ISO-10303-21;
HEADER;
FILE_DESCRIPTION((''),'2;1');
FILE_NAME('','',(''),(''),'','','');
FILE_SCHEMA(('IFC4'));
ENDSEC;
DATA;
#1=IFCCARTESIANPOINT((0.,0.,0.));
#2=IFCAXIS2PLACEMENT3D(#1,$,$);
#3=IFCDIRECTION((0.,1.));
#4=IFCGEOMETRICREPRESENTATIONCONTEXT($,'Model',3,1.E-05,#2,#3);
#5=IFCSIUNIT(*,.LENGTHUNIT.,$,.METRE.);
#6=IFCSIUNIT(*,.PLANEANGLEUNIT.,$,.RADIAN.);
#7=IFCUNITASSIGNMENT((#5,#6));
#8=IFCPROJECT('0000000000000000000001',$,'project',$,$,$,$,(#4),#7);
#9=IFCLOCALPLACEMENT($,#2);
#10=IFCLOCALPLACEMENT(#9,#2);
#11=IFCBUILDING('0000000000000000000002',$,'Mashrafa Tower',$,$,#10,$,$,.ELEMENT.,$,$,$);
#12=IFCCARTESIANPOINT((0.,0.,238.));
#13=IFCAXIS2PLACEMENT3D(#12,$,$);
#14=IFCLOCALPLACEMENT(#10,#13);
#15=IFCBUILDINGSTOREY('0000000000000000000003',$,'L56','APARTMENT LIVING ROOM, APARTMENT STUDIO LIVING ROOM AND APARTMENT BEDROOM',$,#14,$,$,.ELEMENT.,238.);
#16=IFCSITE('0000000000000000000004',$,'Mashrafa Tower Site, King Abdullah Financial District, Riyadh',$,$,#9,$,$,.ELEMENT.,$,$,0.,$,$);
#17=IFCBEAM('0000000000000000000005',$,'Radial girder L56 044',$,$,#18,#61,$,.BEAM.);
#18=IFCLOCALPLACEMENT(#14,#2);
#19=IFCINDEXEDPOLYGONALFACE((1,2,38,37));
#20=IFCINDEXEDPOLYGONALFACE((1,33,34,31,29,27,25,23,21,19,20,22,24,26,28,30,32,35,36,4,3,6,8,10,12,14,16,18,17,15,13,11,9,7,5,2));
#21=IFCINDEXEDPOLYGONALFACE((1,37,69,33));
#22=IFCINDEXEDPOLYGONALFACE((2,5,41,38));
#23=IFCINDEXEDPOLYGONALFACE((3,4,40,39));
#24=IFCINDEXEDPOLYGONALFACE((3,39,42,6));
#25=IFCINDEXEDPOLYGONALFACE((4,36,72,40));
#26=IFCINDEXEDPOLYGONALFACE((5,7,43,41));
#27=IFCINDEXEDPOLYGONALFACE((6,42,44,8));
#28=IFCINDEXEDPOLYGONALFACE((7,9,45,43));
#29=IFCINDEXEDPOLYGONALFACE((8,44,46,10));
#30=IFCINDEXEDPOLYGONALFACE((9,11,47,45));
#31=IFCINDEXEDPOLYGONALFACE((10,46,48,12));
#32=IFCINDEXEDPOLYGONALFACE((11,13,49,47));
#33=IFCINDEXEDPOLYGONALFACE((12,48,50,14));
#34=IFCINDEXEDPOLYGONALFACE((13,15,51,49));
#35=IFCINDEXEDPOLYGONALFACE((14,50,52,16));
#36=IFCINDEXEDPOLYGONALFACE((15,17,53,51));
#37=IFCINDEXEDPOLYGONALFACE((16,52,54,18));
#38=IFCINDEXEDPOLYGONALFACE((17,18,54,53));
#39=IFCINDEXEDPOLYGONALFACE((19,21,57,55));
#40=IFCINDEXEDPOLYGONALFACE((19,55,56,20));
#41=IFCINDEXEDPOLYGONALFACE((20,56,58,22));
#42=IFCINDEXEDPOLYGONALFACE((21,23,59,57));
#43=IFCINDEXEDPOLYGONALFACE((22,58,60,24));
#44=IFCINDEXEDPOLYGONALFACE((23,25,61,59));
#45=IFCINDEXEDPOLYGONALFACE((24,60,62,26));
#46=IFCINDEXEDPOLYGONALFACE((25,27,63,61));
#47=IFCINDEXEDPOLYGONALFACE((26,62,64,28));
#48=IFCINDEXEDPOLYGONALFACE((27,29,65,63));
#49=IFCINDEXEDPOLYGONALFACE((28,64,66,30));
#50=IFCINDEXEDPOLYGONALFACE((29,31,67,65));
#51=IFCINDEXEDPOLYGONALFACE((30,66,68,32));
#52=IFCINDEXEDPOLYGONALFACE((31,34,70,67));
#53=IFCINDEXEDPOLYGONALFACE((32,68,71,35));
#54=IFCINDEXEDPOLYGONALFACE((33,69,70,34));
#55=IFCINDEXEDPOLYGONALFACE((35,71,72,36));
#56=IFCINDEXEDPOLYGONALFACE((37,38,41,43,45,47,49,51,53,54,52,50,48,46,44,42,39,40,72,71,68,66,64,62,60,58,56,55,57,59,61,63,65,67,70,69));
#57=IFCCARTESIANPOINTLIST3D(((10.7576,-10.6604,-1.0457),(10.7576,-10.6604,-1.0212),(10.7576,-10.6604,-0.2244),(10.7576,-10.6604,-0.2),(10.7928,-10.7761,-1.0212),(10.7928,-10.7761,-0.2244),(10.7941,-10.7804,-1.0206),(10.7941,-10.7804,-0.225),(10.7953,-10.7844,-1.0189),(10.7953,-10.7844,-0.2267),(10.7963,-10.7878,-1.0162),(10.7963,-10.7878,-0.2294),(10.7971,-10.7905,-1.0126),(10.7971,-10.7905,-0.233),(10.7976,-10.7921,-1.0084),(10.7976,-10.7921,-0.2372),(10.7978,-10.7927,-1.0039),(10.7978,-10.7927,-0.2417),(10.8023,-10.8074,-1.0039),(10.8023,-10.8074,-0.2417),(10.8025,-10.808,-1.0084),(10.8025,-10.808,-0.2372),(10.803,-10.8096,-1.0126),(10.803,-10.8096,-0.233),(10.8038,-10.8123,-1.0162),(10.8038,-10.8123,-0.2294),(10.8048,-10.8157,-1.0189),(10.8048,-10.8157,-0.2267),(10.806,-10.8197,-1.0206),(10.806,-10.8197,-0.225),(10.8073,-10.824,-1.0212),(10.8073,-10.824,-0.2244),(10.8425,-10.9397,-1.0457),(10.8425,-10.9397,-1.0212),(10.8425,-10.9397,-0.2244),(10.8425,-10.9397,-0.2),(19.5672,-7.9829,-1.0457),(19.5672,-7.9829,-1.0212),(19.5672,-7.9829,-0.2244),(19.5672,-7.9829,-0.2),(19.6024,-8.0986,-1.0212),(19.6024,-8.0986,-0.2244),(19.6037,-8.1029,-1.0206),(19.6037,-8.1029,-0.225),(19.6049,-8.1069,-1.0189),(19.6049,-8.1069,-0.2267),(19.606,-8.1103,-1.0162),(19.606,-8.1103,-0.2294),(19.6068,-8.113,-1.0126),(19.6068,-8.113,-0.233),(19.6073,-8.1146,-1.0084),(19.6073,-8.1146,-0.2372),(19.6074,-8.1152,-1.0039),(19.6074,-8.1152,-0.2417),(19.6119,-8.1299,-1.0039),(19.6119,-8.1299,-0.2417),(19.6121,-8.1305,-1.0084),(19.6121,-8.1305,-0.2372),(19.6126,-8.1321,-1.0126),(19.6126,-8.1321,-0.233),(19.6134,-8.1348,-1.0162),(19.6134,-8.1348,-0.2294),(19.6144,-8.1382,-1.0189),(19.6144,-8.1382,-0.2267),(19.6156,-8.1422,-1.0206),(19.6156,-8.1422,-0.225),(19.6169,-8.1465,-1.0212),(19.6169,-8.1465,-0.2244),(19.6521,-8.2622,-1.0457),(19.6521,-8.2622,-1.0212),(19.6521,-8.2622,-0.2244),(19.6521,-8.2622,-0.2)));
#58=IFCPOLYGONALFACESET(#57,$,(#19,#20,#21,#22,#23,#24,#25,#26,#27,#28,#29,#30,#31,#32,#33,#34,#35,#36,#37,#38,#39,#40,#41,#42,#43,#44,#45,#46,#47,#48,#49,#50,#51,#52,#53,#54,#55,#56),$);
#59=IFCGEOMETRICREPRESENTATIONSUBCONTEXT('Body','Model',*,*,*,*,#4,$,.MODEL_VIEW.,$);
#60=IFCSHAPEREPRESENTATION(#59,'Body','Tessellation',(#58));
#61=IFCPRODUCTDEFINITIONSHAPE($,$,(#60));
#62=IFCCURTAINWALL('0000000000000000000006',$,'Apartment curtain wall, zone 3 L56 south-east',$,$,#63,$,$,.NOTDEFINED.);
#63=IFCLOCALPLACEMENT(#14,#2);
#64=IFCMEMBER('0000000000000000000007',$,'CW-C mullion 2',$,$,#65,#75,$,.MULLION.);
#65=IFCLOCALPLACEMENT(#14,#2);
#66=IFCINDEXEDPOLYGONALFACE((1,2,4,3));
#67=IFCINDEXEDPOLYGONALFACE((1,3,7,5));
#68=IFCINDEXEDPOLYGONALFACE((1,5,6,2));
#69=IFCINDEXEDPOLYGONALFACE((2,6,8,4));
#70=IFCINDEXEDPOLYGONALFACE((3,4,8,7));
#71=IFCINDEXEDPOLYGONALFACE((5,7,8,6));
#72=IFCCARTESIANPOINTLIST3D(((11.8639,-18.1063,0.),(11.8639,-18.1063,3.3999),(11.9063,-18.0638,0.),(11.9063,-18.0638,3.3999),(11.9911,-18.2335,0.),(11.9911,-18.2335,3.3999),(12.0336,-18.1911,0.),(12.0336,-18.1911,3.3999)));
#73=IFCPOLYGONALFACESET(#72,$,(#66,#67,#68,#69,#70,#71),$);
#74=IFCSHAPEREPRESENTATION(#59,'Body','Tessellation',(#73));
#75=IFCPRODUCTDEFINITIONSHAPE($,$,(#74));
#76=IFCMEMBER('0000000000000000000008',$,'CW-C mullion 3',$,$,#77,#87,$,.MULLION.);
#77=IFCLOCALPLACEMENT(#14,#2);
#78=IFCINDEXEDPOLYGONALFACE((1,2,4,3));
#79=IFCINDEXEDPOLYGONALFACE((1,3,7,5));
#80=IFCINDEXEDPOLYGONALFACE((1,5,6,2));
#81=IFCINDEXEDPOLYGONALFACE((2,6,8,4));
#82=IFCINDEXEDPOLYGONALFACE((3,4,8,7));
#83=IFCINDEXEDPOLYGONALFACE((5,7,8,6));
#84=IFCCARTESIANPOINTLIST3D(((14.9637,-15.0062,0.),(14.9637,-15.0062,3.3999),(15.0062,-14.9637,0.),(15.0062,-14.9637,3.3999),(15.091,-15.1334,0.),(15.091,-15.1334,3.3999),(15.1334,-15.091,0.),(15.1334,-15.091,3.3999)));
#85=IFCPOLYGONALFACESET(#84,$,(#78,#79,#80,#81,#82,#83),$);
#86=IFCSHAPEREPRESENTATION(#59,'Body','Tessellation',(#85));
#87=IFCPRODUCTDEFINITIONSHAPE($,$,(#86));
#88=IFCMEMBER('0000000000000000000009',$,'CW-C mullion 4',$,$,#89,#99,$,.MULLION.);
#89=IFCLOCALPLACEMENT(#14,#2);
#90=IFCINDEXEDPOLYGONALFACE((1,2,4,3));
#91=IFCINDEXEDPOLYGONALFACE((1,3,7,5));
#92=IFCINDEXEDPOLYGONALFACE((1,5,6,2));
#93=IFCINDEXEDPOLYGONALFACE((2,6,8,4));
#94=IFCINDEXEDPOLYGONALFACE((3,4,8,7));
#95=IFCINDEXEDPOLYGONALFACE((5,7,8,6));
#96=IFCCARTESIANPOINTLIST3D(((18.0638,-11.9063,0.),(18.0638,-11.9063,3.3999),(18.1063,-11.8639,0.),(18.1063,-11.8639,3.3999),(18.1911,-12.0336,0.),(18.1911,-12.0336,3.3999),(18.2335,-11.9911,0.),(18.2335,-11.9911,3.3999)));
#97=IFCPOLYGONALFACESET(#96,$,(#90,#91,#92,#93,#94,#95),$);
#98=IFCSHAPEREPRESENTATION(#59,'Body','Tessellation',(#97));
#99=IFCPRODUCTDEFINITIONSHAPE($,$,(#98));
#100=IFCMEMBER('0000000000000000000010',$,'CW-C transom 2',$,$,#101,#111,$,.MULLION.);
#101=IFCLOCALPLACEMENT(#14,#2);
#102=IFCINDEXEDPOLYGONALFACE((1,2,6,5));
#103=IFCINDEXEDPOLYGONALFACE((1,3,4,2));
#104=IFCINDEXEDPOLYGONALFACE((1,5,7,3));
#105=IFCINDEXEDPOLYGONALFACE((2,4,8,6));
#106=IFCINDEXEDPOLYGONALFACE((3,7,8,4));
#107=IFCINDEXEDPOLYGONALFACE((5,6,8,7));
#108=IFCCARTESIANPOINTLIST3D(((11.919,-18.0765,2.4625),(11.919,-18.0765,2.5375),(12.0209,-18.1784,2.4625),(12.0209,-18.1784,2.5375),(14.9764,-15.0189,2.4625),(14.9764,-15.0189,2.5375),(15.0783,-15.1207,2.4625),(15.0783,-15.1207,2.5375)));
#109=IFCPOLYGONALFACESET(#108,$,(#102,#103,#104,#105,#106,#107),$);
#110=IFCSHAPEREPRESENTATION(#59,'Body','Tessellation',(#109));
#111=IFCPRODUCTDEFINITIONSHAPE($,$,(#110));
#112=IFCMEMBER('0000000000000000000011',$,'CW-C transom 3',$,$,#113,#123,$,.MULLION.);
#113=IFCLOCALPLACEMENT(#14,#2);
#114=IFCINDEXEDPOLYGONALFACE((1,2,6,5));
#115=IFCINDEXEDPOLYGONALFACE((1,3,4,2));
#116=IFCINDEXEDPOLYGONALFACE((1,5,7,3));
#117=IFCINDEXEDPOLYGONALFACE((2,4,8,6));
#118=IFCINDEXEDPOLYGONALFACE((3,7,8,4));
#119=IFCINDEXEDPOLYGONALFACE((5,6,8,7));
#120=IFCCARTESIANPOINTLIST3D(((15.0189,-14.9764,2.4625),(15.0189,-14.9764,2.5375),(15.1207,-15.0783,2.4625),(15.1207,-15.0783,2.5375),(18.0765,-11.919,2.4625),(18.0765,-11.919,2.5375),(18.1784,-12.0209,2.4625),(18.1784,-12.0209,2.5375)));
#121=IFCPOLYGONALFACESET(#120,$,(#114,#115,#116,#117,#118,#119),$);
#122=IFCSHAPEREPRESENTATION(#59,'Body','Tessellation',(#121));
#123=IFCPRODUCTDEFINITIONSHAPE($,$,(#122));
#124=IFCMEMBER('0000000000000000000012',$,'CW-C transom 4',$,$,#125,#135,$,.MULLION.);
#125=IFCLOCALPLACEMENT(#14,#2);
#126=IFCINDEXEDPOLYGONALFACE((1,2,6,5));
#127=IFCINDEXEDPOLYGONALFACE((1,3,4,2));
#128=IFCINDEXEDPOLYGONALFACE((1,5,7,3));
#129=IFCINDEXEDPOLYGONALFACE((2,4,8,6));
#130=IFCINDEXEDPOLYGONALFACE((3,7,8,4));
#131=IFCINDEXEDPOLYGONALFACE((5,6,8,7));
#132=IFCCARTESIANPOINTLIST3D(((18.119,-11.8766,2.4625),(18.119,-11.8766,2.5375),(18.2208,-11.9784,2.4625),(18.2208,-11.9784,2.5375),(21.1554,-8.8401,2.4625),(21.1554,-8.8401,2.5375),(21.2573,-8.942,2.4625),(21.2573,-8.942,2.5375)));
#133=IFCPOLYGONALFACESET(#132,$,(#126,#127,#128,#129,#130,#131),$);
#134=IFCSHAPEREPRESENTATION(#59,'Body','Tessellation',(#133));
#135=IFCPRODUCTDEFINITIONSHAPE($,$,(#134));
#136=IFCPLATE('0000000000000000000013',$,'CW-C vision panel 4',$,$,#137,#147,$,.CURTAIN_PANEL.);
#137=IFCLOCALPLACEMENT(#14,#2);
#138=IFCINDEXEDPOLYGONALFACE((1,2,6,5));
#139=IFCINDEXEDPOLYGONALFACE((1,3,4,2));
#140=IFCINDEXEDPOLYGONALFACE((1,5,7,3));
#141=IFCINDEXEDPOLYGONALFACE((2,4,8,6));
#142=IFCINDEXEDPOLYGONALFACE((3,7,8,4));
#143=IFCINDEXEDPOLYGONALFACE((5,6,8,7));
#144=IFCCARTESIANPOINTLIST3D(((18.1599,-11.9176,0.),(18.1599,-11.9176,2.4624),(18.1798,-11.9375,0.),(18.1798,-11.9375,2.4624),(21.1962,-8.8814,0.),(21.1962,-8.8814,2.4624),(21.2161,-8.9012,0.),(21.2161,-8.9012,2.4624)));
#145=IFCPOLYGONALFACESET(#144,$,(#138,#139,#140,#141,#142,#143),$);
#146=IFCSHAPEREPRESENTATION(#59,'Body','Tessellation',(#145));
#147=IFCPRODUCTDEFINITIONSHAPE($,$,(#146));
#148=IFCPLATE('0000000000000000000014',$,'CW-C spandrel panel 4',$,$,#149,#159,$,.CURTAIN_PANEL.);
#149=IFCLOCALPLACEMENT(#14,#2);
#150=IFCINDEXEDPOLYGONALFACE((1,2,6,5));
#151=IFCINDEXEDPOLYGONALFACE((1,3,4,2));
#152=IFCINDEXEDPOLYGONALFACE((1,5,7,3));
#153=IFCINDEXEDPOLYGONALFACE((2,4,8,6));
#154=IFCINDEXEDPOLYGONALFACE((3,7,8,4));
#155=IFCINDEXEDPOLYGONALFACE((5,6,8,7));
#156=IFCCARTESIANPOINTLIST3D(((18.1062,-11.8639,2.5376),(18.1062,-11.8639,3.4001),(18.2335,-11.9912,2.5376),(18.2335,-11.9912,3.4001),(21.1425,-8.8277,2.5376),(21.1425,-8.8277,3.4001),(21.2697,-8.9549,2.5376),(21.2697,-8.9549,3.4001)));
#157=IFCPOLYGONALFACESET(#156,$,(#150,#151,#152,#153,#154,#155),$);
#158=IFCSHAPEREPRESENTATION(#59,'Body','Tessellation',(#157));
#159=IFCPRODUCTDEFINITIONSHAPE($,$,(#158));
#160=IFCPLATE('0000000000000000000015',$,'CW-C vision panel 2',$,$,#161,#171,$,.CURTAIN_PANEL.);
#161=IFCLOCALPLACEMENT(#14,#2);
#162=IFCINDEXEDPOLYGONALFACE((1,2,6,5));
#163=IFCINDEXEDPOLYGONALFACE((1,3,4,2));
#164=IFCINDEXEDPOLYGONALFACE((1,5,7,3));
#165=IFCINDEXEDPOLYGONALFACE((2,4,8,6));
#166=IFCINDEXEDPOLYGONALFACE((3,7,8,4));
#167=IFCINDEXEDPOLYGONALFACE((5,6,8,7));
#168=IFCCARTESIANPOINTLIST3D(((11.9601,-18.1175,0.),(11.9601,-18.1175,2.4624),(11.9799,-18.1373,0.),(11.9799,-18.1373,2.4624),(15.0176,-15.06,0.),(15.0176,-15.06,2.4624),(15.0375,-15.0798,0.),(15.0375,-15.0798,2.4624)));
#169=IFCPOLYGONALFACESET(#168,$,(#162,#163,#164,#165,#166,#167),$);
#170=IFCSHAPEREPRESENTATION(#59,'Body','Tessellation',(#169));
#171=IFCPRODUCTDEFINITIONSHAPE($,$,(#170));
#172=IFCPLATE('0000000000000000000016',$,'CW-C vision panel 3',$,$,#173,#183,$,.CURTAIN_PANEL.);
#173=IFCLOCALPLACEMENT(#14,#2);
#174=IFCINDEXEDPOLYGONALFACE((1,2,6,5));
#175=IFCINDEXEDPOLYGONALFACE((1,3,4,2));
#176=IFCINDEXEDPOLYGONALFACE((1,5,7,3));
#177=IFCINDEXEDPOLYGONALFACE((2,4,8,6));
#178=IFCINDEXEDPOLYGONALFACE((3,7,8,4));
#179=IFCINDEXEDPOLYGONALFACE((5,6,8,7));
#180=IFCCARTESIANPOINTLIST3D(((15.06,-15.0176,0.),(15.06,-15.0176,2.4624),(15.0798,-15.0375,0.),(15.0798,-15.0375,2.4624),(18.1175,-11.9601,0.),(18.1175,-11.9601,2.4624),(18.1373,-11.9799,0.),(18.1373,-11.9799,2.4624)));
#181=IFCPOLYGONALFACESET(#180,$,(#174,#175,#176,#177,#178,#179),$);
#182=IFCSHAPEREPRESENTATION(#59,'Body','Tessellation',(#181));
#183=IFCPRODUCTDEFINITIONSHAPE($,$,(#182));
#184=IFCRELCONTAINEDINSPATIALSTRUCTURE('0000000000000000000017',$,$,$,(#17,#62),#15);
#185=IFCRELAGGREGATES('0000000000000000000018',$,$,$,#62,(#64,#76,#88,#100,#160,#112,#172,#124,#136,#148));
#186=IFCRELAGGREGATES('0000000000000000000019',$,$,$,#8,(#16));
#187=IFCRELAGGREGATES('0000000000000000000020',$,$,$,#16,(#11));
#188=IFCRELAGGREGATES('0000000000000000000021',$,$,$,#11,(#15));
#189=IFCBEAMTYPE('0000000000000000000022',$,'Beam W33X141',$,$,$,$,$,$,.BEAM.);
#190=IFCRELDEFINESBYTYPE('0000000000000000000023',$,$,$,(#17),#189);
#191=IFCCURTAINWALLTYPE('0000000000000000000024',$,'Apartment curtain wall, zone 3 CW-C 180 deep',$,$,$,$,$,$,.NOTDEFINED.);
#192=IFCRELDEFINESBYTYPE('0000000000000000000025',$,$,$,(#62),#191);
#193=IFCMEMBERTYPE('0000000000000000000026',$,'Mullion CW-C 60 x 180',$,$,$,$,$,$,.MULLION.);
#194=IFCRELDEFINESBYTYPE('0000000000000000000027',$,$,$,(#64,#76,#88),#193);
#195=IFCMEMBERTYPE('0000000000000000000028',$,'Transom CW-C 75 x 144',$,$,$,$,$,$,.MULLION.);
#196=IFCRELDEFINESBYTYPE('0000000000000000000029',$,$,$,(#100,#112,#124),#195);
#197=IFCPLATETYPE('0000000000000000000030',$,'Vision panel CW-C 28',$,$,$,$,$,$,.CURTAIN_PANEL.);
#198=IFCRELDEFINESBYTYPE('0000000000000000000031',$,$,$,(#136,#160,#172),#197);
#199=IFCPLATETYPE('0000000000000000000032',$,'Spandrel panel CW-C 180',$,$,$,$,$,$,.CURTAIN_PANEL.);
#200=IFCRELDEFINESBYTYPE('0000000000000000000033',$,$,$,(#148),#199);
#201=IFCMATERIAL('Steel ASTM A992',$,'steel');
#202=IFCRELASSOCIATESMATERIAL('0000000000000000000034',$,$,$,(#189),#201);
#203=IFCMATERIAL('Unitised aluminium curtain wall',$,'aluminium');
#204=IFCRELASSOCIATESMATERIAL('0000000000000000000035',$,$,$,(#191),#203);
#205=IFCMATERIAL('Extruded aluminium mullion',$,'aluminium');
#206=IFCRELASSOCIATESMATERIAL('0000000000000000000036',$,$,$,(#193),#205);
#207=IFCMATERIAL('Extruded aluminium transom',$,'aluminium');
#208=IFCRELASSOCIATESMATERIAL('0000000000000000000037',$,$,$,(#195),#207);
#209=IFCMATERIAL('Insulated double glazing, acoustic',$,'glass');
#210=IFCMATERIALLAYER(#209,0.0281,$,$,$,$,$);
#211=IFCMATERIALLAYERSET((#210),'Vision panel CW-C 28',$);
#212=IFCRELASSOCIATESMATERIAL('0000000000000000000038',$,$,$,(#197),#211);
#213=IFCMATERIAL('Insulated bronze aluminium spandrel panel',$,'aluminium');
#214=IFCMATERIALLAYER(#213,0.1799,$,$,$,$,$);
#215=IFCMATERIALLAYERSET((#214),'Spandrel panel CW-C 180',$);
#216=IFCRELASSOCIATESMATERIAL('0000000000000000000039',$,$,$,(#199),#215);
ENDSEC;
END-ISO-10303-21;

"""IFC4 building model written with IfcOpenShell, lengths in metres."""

from ifc_helpers import new_model, si_unit, direction, frame, origin, origin_2d, place, context, subcontext, project, spatial, rectangle, i_section, extrude, source, transform, mapped, material, layer, layer_set, material_profile, profile_set, type_object, type_shapes, element, aggregate, save


model = new_model("IFC4")

# Units and contexts
model_context = context("Model", 3, precision=1e-05, world=origin(), true_north=direction((0.0, 1.0)))
body_context = subcontext(model_context, "Body", "Model", "MODEL_VIEW")
ifc_project = project(units=[si_unit("LENGTHUNIT", "METRE"), si_unit("PLANEANGLEUNIT", "RADIAN")], contexts=[model_context])

# Site, building, storey
site_placement = place(None, origin())
site = spatial("IfcSite", under=ifc_project, at=site_placement, Name="Mashrafa Tower Site, King Abdullah Financial District, Riyadh", CompositionType="ELEMENT", RefElevation=0.0)
building_placement = place(site_placement, origin())
building = spatial("IfcBuilding", under=site, at=building_placement, Name="Mashrafa Tower", CompositionType="ELEMENT")
storey_placement = place(building_placement, frame((0.0, 0.0, 238.0)))
storey = spatial("IfcBuildingStorey", under=building, at=storey_placement, Name="L56", Description="APARTMENT LIVING ROOM, APARTMENT STUDIO LIVING ROOM AND APARTMENT BEDROOM", CompositionType="ELEMENT", Elevation=238.0)

# Beam
ifc_material_1 = material(Name="Steel ASTM A992", Category="steel")
ifc_material_profile_1 = material_profile(ifc_material_1, i_section(OverallWidth=0.292, OverallDepth=0.8457, WebThickness=0.0154, FlangeThickness=0.0244, FilletRadius=0.0173, at=origin_2d()), Name="W33X141")
ifc_profile_set_1 = profile_set([ifc_material_profile_1], Name="Steel ASTM A992")
beam_type_1 = type_object("IfcBeamType", Name="Beam W33X141", PredefinedType="BEAM", material=ifc_profile_set_1)
beam_1_placement = place(storey_placement, frame((10.8, -10.8, -0.6228), z_axis=(0.956785, 0.290795, 0.0), x_axis=(-0.290795, 0.956785, 0.0)))
element("IfcBeam", 1, at=beam_1_placement, inside=storey, type_object=beam_type_1, Name="Radial girder L56 044", PredefinedType="BEAM", context=body_context, shape_type="SweptSolid", body=[
    extrude(i_section(OverallWidth=0.292, OverallDepth=0.8457, WebThickness=0.0154, FlangeThickness=0.0244, FilletRadius=0.0173, at=origin_2d()), origin(), (0.0, 0.0, 1.0), 9.2075),
])

# Curtain wall, members, plates
ifc_material_2 = material(Name="Unitised aluminium curtain wall", Category="aluminium")
curtain_wall_type = type_object("IfcCurtainWallType", Name="Apartment curtain wall, zone 3 CW-C 180 deep", PredefinedType="NOTDEFINED", material=ifc_material_2)
curtain_wall_placement = place(storey_placement, origin())
curtain_wall = element("IfcCurtainWall", 2, at=curtain_wall_placement, inside=storey, type_object=curtain_wall_type, Name="Apartment curtain wall, zone 3 L56 south-east", PredefinedType="NOTDEFINED")
ifc_material_3 = material(Name="Extruded aluminium mullion", Category="aluminium")
ifc_material_profile_2 = material_profile(ifc_material_3, rectangle(XDim=0.1799, YDim=0.0601, at=origin_2d()), Name="Mullion 60x180")
ifc_profile_set_2 = profile_set([ifc_material_profile_2], Name="Extruded aluminium mullion")
member_type_1 = type_object("IfcMemberType", Name="Mullion CW-C 60 x 180", PredefinedType="MULLION", material=ifc_profile_set_2)
shared_shape_1 = source(origin(), body_context, "Body", "SweptSolid", [
    extrude(rectangle(XDim=0.1799, YDim=0.0601, at=origin_2d()), origin(), (0.0, 0.0, 1.0), 3.3999),
])
type_shapes(member_type_1, [shared_shape_1])
member_1_placement = place(storey_placement, frame((11.9487, -18.1487, 0.0), z_axis=(0.0, 0.0, 1.0), x_axis=(-0.707107, 0.707107, 0.0)))
member_1 = element("IfcMember", 3, at=member_1_placement, type_object=member_type_1, Name="CW-C mullion 2", PredefinedType="MULLION", context=body_context, shape_type="MappedRepresentation", body=[
    mapped(shared_shape_1, transform((0.0, 0.0, 0.0))),
])
member_2_placement = place(storey_placement, frame((15.0486, -15.0486, 0.0), z_axis=(0.0, 0.0, 1.0), x_axis=(-0.707107, 0.707107, 0.0)))
member_2 = element("IfcMember", 4, at=member_2_placement, type_object=member_type_1, Name="CW-C mullion 3", PredefinedType="MULLION", context=body_context, shape_type="MappedRepresentation", body=[
    mapped(shared_shape_1, transform((0.0, 0.0, 0.0))),
])
member_3_placement = place(storey_placement, frame((18.1487, -11.9487, 0.0), z_axis=(0.0, 0.0, 1.0), x_axis=(-0.707107, 0.707107, 0.0)))
member_3 = element("IfcMember", 5, at=member_3_placement, type_object=member_type_1, Name="CW-C mullion 4", PredefinedType="MULLION", context=body_context, shape_type="MappedRepresentation", body=[
    mapped(shared_shape_1, transform((0.0, 0.0, 0.0))),
])
ifc_material_4 = material(Name="Extruded aluminium transom", Category="aluminium")
ifc_material_profile_3 = material_profile(ifc_material_4, rectangle(XDim=0.144, YDim=0.075, at=origin_2d()), Name="Transom 75x144")
ifc_profile_set_3 = profile_set([ifc_material_profile_3], Name="Extruded aluminium transom")
member_type_2 = type_object("IfcMemberType", Name="Transom CW-C 75 x 144", PredefinedType="MULLION", material=ifc_profile_set_3)
shared_shape_2 = source(origin(), body_context, "Body", "SweptSolid", [
    extrude(rectangle(XDim=0.144, YDim=0.075, at=origin_2d()), origin(), (0.0, 0.0, 1.0), 4.324),
])
member_4_placement = place(storey_placement, frame((11.97, -18.1274, 2.5), z_axis=(0.707079, 0.707135, 0.0), x_axis=(-0.707135, 0.707079, 0.0)))
member_4 = element("IfcMember", 6, at=member_4_placement, type_object=member_type_2, Name="CW-C transom 2", PredefinedType="MULLION", context=body_context, shape_type="MappedRepresentation", body=[
    mapped(shared_shape_2, transform((0.0, 0.0, 0.0))),
])
member_5_placement = place(storey_placement, frame((15.0698, -15.0273, 2.5), z_axis=(0.707135, 0.707079, 0.0), x_axis=(-0.707079, 0.707135, 0.0)))
member_5 = element("IfcMember", 7, at=member_5_placement, type_object=member_type_2, Name="CW-C transom 3", PredefinedType="MULLION", context=body_context, shape_type="MappedRepresentation", body=[
    mapped(shared_shape_2, transform((0.0, 0.0, 0.0))),
])
shared_shape_3 = source(origin(), body_context, "Body", "SweptSolid", [
    extrude(rectangle(XDim=0.144, YDim=0.075, at=origin_2d()), origin(), (0.0, 0.0, 1.0), 4.2942),
])
type_shapes(member_type_2, [shared_shape_2, shared_shape_3])
member_6_placement = place(storey_placement, frame((18.1699, -11.9275, 2.5), z_axis=(0.707107, 0.707107, 0.0), x_axis=(-0.707107, 0.707107, 0.0)))
member_6 = element("IfcMember", 8, at=member_6_placement, type_object=member_type_2, Name="CW-C transom 4", PredefinedType="MULLION", context=body_context, shape_type="MappedRepresentation", body=[
    mapped(shared_shape_3, transform((0.0, 0.0, 0.0))),
])
ifc_material_5 = material(Name="Insulated double glazing, acoustic", Category="glass")
ifc_layer_1 = layer(ifc_material_5, 0.0281)
ifc_layer_set_1 = layer_set([ifc_layer_1], Name="Vision panel CW-C 28")
plate_type_1 = type_object("IfcPlateType", Name="Vision panel CW-C 28", PredefinedType="CURTAIN_PANEL", material=ifc_layer_set_1)
shared_shape_4 = source(origin(), body_context, "Body", "SweptSolid", [
    extrude(rectangle(XDim=4.2939, YDim=0.0281, at=origin_2d()), origin(), (0.0, 0.0, 1.0), 2.4624),
])
plate_1_placement = place(storey_placement, frame((19.688, -10.4094, 0.0), z_axis=(0.0, 0.0, 1.0), x_axis=(0.707107, 0.707107, 0.0)))
plate_1 = element("IfcPlate", 9, at=plate_1_placement, type_object=plate_type_1, Name="CW-C vision panel 4", PredefinedType="CURTAIN_PANEL", context=body_context, shape_type="MappedRepresentation", body=[
    mapped(shared_shape_4, transform((0.0, 0.0, 0.0))),
])
ifc_material_6 = material(Name="Insulated bronze aluminium spandrel panel", Category="aluminium")
ifc_layer_2 = layer(ifc_material_6, 0.1799)
ifc_layer_set_2 = layer_set([ifc_layer_2], Name="Spandrel panel CW-C 180")
plate_type_2 = type_object("IfcPlateType", Name="Spandrel panel CW-C 180", PredefinedType="CURTAIN_PANEL", material=ifc_layer_set_2)
shared_shape_5 = source(origin(), body_context, "Body", "SweptSolid", [
    extrude(rectangle(XDim=4.2939, YDim=0.1799, at=origin_2d()), origin(), (0.0, 0.0, 1.0), 0.8625),
])
plate_2_placement = place(storey_placement, frame((19.688, -10.4094, 2.5376), z_axis=(0.0, 0.0, 1.0), x_axis=(0.707107, 0.707107, 0.0)))
plate_2 = element("IfcPlate", 10, at=plate_2_placement, type_object=plate_type_2, Name="CW-C spandrel panel 4", PredefinedType="CURTAIN_PANEL", context=body_context, shape_type="MappedRepresentation", body=[
    mapped(shared_shape_5, transform((0.0, 0.0, 0.0))),
])
shared_shape_6 = source(origin(), body_context, "Body", "SweptSolid", [
    extrude(rectangle(XDim=4.324, YDim=0.0281, at=origin_2d()), origin(), (0.0, 0.0, 1.0), 2.4624),
])
type_shapes(plate_type_1, [shared_shape_4, shared_shape_6])
plate_3_placement = place(storey_placement, frame((13.4988, -16.5986, 0.0), z_axis=(0.0, 0.0, 1.0), x_axis=(0.707107, 0.707107, 0.0)))
plate_3 = element("IfcPlate", 11, at=plate_3_placement, type_object=plate_type_1, Name="CW-C vision panel 2", PredefinedType="CURTAIN_PANEL", context=body_context, shape_type="MappedRepresentation", body=[
    mapped(shared_shape_6, transform((0.0, 0.0, 0.0))),
])
plate_4_placement = place(storey_placement, frame((16.5986, -13.4988, 0.0), z_axis=(0.0, 0.0, 1.0), x_axis=(0.707107, 0.707107, 0.0)))
plate_4 = element("IfcPlate", 12, at=plate_4_placement, type_object=plate_type_1, Name="CW-C vision panel 3", PredefinedType="CURTAIN_PANEL", context=body_context, shape_type="MappedRepresentation", body=[
    mapped(shared_shape_6, transform((0.0, 0.0, 0.0))),
])
aggregate(curtain_wall, [member_1, member_2, member_3, member_4, plate_3, member_5, plate_4, member_6, plate_1, plate_2])

save(model, "model.ifc")
